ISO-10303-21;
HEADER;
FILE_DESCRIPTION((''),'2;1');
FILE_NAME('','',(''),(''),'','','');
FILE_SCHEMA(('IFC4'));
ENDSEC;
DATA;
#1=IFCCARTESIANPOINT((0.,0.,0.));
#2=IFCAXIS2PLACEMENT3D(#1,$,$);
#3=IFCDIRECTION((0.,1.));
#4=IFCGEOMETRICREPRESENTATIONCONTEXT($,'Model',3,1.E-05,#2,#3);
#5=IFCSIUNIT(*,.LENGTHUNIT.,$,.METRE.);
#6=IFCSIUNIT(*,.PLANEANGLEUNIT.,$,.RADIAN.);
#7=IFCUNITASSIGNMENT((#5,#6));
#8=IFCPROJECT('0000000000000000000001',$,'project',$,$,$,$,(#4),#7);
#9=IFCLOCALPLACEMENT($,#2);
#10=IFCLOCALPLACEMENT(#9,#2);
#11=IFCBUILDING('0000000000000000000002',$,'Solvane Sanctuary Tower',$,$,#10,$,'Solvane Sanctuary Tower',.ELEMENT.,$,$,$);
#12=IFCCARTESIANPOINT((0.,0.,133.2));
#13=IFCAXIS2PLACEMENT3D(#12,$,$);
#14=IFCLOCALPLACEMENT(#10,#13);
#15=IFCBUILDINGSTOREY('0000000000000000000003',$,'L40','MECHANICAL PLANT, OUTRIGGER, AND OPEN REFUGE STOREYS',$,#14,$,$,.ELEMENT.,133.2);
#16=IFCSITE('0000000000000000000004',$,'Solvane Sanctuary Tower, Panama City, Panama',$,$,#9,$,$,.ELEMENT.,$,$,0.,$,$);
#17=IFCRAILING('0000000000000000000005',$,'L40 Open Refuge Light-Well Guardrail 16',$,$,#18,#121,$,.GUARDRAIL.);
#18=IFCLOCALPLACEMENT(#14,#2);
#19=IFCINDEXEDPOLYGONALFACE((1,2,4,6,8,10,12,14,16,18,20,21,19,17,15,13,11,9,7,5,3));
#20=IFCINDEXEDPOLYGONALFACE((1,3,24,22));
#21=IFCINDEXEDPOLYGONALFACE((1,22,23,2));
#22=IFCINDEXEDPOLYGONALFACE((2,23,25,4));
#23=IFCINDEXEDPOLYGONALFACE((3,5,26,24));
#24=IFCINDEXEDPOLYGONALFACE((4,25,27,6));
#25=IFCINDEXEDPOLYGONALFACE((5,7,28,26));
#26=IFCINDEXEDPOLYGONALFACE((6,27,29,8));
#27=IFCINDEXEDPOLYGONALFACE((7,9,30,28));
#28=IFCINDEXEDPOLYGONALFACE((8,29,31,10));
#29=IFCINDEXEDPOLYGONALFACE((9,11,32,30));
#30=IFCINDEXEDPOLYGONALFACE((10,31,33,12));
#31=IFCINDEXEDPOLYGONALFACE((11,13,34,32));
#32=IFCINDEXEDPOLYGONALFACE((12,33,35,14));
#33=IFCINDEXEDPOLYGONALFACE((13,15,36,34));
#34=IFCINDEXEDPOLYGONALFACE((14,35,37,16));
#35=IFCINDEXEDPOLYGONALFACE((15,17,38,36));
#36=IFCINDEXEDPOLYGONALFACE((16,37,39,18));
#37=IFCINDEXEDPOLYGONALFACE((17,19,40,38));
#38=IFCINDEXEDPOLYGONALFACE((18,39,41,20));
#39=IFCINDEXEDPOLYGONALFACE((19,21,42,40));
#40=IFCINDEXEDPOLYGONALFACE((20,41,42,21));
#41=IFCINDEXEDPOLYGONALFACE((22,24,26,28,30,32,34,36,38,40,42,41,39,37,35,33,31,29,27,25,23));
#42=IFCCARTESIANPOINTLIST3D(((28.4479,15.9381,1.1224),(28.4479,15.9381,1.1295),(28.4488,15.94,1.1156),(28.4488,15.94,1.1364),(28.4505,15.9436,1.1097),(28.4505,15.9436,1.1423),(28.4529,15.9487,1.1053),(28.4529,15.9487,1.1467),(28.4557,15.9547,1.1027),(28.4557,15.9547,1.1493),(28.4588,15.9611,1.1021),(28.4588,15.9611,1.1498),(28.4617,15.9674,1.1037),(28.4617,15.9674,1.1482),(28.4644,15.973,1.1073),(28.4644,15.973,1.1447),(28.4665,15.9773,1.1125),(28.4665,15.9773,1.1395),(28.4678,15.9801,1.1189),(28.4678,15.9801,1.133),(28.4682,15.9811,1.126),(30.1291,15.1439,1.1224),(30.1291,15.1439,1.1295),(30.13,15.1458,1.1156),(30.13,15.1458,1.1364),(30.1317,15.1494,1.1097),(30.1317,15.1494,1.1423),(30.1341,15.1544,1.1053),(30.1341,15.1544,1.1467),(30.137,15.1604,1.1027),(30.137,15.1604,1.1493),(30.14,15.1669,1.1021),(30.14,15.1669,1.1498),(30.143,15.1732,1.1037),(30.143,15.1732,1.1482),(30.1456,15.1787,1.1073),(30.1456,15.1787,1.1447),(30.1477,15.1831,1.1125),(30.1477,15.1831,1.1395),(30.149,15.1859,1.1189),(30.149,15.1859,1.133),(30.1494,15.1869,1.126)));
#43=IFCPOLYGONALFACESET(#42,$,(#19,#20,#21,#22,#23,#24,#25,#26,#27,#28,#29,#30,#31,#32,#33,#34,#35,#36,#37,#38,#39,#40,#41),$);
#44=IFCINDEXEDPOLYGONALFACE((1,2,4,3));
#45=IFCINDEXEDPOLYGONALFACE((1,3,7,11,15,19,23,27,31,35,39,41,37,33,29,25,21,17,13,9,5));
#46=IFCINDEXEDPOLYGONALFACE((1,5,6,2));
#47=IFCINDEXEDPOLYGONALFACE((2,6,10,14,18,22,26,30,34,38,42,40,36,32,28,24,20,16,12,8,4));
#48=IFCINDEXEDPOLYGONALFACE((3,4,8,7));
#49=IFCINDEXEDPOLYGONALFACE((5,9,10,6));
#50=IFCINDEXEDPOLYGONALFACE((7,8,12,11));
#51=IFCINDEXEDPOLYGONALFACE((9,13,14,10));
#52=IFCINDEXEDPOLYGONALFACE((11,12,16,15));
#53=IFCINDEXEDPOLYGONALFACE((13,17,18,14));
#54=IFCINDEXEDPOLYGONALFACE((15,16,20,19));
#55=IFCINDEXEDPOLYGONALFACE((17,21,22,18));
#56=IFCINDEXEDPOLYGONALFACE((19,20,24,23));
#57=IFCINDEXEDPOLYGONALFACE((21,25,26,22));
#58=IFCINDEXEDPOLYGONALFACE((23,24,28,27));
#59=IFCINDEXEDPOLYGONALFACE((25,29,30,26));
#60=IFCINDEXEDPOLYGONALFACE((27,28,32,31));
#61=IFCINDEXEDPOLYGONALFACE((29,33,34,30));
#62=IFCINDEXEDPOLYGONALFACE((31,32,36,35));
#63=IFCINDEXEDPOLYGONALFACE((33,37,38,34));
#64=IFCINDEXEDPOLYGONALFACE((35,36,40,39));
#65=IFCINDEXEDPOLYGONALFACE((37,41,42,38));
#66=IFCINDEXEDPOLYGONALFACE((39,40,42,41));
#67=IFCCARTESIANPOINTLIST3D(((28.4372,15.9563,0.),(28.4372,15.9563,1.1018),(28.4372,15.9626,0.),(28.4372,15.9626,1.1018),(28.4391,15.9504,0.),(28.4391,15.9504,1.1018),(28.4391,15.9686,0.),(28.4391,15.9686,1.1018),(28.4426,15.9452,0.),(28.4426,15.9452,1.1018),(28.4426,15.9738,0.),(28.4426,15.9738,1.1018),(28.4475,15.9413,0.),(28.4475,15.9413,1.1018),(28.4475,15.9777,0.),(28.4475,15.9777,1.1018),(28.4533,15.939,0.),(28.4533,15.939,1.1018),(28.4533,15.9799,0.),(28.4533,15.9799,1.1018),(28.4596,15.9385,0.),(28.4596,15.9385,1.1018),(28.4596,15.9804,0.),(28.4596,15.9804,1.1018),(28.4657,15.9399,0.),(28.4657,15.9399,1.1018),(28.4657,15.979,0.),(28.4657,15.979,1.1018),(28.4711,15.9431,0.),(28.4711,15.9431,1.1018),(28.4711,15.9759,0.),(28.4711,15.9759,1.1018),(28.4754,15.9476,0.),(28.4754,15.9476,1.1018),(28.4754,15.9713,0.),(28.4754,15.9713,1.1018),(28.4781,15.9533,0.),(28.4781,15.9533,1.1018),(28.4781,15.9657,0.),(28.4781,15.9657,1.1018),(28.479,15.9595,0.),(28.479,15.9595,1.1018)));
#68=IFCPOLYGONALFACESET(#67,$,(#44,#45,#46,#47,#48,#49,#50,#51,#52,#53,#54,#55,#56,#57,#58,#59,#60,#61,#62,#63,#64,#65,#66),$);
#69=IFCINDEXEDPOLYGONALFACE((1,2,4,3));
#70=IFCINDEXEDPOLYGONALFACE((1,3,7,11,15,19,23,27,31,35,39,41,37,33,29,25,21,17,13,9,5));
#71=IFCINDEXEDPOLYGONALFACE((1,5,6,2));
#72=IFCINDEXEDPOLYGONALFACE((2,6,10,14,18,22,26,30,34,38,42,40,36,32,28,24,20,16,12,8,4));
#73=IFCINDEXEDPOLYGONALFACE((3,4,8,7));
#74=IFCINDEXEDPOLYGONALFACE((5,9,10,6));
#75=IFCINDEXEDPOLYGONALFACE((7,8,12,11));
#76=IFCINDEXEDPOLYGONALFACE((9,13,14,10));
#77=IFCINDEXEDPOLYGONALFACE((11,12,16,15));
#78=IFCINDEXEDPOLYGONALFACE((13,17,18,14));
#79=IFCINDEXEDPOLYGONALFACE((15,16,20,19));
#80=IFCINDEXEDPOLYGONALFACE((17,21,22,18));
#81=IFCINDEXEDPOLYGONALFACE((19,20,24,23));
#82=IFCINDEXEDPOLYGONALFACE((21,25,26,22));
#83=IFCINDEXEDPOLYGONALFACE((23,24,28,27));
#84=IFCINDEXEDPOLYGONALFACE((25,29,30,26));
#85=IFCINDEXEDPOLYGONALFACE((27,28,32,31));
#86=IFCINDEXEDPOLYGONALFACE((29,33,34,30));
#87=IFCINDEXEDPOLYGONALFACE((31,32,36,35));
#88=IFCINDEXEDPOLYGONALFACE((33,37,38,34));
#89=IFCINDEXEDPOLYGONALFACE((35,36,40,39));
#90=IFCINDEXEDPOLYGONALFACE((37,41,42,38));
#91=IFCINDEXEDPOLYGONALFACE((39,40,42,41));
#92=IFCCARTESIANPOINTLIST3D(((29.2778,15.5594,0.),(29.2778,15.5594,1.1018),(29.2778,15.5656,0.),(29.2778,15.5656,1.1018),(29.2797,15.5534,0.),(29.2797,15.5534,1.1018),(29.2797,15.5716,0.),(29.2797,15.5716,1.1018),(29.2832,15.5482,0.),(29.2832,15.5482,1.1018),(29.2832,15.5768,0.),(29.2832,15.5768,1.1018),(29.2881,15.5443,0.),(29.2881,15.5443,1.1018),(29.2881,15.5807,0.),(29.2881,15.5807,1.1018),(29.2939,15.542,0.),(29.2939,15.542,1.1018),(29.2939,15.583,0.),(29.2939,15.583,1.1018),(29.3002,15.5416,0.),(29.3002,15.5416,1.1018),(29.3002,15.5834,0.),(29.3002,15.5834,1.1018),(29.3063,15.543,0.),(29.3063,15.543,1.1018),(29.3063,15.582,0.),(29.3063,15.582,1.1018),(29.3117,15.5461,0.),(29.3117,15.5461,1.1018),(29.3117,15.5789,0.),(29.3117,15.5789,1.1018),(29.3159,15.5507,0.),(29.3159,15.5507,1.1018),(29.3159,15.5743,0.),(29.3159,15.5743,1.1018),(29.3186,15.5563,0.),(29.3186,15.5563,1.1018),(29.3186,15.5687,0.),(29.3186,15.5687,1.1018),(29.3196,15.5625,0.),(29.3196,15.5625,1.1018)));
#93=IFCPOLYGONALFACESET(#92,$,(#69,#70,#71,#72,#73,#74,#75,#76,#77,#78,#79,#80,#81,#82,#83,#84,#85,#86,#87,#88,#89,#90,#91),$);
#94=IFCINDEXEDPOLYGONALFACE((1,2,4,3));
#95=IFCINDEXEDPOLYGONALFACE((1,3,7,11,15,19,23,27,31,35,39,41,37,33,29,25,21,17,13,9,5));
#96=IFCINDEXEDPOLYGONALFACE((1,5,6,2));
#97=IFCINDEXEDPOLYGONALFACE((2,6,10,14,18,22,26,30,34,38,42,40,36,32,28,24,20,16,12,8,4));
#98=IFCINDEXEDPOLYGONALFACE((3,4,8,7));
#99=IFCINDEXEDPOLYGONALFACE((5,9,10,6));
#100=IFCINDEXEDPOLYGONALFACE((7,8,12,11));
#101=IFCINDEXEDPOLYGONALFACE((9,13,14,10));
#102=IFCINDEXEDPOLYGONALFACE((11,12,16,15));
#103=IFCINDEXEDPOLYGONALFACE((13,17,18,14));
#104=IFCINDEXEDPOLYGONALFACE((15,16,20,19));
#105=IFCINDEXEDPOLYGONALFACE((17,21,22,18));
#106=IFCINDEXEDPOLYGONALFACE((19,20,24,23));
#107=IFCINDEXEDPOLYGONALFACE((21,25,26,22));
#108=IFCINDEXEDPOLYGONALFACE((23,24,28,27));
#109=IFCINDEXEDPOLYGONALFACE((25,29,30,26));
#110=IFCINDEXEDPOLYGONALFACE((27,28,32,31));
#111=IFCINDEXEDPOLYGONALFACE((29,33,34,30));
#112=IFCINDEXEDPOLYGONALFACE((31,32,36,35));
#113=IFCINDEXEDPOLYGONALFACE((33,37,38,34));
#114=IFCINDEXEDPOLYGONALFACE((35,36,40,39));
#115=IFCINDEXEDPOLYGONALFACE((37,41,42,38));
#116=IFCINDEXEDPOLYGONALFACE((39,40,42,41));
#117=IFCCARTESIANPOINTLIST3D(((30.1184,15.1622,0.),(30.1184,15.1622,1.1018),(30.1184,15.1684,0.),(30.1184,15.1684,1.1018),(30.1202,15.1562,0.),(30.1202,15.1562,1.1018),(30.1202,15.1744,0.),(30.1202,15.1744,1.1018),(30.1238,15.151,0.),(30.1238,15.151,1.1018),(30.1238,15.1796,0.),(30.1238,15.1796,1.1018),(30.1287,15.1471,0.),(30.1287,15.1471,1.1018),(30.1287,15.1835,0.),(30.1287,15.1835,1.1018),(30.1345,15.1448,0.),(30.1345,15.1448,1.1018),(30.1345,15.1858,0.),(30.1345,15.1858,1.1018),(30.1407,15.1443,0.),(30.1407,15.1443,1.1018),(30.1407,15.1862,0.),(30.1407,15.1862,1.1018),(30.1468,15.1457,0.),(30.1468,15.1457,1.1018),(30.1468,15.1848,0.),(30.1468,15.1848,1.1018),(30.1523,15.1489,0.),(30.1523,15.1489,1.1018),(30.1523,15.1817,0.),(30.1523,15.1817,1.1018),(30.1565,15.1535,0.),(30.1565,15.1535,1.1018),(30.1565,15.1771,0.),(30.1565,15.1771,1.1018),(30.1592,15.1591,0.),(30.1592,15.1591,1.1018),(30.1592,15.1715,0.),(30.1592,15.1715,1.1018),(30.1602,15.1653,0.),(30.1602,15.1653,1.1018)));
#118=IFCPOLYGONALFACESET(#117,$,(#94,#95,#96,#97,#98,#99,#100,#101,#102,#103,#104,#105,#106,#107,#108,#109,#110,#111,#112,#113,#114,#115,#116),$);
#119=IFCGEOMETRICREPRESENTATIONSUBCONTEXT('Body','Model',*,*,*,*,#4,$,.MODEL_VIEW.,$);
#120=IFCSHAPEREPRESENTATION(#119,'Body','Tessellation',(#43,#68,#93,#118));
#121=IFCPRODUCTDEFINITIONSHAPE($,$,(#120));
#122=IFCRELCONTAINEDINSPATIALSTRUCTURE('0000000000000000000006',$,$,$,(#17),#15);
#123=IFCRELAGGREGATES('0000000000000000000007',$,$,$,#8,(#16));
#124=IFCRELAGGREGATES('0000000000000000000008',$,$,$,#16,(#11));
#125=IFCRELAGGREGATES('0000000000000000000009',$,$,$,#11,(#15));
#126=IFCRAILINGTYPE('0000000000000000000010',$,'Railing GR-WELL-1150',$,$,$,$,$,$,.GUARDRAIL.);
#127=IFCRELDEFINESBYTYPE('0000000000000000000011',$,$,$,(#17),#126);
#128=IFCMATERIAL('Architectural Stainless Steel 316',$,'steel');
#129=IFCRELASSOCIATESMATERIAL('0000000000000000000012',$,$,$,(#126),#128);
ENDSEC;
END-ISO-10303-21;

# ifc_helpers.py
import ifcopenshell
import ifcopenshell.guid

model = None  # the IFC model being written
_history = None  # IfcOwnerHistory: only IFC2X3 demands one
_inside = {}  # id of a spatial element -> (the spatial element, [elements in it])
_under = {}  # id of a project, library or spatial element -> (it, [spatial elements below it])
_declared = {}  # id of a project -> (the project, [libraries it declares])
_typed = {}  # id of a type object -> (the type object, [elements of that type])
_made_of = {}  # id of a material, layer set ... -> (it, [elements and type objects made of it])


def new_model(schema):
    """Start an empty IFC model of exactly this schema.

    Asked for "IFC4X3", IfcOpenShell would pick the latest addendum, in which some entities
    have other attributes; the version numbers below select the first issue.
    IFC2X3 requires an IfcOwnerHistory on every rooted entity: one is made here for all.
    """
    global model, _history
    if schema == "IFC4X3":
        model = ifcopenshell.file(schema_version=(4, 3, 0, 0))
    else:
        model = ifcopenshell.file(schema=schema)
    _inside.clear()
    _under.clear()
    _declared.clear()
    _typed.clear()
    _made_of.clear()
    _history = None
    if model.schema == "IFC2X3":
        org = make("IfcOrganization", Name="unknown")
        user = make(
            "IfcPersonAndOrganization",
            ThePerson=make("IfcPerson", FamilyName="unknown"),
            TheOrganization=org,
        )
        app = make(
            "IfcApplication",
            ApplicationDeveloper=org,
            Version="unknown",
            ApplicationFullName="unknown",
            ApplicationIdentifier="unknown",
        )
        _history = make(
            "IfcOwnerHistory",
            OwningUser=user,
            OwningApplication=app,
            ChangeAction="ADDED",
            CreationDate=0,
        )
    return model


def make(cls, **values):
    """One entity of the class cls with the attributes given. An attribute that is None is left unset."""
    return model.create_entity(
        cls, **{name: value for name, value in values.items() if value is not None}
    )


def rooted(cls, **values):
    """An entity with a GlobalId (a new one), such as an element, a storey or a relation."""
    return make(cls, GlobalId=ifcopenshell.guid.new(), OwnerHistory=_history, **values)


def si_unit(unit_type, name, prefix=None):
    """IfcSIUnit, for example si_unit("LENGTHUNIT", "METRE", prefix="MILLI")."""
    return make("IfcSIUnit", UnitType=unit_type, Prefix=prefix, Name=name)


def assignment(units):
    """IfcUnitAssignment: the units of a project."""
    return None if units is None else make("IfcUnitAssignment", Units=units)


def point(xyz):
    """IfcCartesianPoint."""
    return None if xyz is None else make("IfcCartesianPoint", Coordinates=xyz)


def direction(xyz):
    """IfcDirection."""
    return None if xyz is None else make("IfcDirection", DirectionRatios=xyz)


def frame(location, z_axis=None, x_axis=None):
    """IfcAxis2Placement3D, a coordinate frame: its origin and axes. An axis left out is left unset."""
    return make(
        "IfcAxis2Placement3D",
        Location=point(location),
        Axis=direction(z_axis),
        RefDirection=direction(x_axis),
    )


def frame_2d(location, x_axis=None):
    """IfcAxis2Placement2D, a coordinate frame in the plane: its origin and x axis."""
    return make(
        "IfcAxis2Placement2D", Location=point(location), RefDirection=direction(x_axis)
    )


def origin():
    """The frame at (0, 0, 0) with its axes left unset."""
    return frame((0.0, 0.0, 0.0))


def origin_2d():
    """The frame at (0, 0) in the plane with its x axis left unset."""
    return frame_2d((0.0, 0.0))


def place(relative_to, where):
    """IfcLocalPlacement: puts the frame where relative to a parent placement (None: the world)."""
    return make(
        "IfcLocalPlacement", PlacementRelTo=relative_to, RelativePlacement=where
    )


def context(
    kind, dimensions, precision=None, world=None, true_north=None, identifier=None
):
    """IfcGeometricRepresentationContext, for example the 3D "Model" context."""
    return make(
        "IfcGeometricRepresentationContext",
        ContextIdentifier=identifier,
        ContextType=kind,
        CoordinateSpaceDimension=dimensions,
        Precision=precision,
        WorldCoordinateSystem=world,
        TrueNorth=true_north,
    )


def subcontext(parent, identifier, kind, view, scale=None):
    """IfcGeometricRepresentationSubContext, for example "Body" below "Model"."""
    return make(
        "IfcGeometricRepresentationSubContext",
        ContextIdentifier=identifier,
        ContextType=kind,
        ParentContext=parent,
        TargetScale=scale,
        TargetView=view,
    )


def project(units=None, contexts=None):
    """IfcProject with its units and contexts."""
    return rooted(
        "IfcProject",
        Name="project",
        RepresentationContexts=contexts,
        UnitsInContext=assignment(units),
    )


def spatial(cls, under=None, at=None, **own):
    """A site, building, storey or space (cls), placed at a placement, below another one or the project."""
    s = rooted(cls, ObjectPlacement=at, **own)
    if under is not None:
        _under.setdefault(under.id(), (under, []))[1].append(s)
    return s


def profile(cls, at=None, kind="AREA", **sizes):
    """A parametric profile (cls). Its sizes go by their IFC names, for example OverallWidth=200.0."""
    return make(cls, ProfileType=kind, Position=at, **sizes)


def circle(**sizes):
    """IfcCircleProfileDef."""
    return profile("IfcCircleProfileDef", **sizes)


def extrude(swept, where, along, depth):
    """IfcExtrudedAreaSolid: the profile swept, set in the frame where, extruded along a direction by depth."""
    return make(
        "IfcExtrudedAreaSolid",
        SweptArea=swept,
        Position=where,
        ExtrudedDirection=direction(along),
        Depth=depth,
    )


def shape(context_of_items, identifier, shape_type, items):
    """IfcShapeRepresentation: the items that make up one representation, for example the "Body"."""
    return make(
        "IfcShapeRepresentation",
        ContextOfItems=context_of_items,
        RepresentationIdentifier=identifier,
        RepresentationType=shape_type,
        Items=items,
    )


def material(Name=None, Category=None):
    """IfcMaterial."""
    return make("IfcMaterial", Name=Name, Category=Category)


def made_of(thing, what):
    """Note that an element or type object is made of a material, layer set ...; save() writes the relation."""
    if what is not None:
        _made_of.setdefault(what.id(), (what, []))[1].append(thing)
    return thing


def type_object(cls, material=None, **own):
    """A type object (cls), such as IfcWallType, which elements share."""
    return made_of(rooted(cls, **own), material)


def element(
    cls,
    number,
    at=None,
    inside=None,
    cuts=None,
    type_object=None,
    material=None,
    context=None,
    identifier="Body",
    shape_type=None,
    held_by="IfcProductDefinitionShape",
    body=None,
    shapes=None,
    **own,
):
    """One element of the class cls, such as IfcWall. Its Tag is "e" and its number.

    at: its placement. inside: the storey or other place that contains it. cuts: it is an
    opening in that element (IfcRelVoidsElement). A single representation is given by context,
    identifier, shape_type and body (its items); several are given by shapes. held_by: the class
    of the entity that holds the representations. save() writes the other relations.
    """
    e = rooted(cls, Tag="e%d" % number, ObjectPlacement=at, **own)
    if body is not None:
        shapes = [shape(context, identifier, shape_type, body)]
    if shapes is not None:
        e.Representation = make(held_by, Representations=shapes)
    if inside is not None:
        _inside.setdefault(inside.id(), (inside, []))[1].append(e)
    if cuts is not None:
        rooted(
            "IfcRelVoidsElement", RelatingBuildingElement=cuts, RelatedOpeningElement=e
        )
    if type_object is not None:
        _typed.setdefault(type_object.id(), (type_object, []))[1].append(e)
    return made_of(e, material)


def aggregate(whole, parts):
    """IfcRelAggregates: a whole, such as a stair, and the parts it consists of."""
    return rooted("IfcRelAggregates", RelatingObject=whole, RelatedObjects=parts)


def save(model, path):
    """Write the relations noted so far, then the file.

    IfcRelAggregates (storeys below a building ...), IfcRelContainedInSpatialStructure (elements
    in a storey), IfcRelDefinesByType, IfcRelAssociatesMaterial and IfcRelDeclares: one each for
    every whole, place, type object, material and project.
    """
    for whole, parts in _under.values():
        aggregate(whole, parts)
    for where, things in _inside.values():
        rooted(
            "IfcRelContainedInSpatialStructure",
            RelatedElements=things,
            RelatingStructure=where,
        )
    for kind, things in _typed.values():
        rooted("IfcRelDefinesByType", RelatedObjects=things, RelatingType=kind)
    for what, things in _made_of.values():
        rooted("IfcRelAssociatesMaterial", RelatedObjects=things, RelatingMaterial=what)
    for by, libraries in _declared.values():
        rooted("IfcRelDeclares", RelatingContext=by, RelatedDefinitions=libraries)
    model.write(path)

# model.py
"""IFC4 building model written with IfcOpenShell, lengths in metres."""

from ifc_helpers import new_model, si_unit, direction, frame, origin, origin_2d, place, context, subcontext, project, spatial, circle, extrude, material, type_object, element, save


model = new_model("IFC4")

# Units and contexts
model_context = context("Model", 3, precision=1e-05, world=origin(), true_north=direction((0.0, 1.0)))
body_context = subcontext(model_context, "Body", "Model", "MODEL_VIEW")
ifc_project = project(units=[si_unit("LENGTHUNIT", "METRE"), si_unit("PLANEANGLEUNIT", "RADIAN")], contexts=[model_context])

# Site, building, storey
site_placement = place(None, origin())
site = spatial("IfcSite", under=ifc_project, at=site_placement, Name="Solvane Sanctuary Tower, Panama City, Panama", CompositionType="ELEMENT", RefElevation=0.0)
building_placement = place(site_placement, origin())
building = spatial("IfcBuilding", under=site, at=building_placement, Name="Solvane Sanctuary Tower", LongName="Solvane Sanctuary Tower", CompositionType="ELEMENT")
storey_placement = place(building_placement, frame((0.0, 0.0, 133.2)))
storey = spatial("IfcBuildingStorey", under=building, at=storey_placement, Name="L40", Description="MECHANICAL PLANT, OUTRIGGER, AND OPEN REFUGE STOREYS", CompositionType="ELEMENT", Elevation=133.2)

# Shared definitions
ifc_material_1 = material(Name="Architectural Stainless Steel 316", Category="steel")

# Railing
railing_type_1 = type_object("IfcRailingType", Name="Railing GR-WELL-1150", PredefinedType="GUARDRAIL", material=ifc_material_1)
railing_1_placement = place(storey_placement, frame((28.458, 15.9595, 0.0)))
element("IfcRailing", 1, at=railing_1_placement, inside=storey, type_object=railing_type_1, Name="L40 Open Refuge Light-Well Guardrail 16", PredefinedType="GUARDRAIL", context=body_context, shape_type="SweptSolid", body=[
    extrude(circle(Radius=0.0239, at=origin_2d()), frame((0.0, 0.0, 1.126), z_axis=(0.904184, -0.427143, 0.0), x_axis=(0.427143, 0.904184, 0.0)), (0.0, 0.0, 1.0), 1.8594),
    extrude(circle(Radius=0.021, at=origin_2d()), origin(), (0.0, 0.0, 1.0), 1.1018),
    extrude(circle(Radius=0.021, at=origin_2d()), frame((0.8406, -0.397, 0.0)), (0.0, 0.0, 1.0), 1.1018),
    extrude(circle(Radius=0.021, at=origin_2d()), frame((1.6812, -0.7942, 0.0)), (0.0, 0.0, 1.0), 1.1018),
])

save(model, "model.ifc")
